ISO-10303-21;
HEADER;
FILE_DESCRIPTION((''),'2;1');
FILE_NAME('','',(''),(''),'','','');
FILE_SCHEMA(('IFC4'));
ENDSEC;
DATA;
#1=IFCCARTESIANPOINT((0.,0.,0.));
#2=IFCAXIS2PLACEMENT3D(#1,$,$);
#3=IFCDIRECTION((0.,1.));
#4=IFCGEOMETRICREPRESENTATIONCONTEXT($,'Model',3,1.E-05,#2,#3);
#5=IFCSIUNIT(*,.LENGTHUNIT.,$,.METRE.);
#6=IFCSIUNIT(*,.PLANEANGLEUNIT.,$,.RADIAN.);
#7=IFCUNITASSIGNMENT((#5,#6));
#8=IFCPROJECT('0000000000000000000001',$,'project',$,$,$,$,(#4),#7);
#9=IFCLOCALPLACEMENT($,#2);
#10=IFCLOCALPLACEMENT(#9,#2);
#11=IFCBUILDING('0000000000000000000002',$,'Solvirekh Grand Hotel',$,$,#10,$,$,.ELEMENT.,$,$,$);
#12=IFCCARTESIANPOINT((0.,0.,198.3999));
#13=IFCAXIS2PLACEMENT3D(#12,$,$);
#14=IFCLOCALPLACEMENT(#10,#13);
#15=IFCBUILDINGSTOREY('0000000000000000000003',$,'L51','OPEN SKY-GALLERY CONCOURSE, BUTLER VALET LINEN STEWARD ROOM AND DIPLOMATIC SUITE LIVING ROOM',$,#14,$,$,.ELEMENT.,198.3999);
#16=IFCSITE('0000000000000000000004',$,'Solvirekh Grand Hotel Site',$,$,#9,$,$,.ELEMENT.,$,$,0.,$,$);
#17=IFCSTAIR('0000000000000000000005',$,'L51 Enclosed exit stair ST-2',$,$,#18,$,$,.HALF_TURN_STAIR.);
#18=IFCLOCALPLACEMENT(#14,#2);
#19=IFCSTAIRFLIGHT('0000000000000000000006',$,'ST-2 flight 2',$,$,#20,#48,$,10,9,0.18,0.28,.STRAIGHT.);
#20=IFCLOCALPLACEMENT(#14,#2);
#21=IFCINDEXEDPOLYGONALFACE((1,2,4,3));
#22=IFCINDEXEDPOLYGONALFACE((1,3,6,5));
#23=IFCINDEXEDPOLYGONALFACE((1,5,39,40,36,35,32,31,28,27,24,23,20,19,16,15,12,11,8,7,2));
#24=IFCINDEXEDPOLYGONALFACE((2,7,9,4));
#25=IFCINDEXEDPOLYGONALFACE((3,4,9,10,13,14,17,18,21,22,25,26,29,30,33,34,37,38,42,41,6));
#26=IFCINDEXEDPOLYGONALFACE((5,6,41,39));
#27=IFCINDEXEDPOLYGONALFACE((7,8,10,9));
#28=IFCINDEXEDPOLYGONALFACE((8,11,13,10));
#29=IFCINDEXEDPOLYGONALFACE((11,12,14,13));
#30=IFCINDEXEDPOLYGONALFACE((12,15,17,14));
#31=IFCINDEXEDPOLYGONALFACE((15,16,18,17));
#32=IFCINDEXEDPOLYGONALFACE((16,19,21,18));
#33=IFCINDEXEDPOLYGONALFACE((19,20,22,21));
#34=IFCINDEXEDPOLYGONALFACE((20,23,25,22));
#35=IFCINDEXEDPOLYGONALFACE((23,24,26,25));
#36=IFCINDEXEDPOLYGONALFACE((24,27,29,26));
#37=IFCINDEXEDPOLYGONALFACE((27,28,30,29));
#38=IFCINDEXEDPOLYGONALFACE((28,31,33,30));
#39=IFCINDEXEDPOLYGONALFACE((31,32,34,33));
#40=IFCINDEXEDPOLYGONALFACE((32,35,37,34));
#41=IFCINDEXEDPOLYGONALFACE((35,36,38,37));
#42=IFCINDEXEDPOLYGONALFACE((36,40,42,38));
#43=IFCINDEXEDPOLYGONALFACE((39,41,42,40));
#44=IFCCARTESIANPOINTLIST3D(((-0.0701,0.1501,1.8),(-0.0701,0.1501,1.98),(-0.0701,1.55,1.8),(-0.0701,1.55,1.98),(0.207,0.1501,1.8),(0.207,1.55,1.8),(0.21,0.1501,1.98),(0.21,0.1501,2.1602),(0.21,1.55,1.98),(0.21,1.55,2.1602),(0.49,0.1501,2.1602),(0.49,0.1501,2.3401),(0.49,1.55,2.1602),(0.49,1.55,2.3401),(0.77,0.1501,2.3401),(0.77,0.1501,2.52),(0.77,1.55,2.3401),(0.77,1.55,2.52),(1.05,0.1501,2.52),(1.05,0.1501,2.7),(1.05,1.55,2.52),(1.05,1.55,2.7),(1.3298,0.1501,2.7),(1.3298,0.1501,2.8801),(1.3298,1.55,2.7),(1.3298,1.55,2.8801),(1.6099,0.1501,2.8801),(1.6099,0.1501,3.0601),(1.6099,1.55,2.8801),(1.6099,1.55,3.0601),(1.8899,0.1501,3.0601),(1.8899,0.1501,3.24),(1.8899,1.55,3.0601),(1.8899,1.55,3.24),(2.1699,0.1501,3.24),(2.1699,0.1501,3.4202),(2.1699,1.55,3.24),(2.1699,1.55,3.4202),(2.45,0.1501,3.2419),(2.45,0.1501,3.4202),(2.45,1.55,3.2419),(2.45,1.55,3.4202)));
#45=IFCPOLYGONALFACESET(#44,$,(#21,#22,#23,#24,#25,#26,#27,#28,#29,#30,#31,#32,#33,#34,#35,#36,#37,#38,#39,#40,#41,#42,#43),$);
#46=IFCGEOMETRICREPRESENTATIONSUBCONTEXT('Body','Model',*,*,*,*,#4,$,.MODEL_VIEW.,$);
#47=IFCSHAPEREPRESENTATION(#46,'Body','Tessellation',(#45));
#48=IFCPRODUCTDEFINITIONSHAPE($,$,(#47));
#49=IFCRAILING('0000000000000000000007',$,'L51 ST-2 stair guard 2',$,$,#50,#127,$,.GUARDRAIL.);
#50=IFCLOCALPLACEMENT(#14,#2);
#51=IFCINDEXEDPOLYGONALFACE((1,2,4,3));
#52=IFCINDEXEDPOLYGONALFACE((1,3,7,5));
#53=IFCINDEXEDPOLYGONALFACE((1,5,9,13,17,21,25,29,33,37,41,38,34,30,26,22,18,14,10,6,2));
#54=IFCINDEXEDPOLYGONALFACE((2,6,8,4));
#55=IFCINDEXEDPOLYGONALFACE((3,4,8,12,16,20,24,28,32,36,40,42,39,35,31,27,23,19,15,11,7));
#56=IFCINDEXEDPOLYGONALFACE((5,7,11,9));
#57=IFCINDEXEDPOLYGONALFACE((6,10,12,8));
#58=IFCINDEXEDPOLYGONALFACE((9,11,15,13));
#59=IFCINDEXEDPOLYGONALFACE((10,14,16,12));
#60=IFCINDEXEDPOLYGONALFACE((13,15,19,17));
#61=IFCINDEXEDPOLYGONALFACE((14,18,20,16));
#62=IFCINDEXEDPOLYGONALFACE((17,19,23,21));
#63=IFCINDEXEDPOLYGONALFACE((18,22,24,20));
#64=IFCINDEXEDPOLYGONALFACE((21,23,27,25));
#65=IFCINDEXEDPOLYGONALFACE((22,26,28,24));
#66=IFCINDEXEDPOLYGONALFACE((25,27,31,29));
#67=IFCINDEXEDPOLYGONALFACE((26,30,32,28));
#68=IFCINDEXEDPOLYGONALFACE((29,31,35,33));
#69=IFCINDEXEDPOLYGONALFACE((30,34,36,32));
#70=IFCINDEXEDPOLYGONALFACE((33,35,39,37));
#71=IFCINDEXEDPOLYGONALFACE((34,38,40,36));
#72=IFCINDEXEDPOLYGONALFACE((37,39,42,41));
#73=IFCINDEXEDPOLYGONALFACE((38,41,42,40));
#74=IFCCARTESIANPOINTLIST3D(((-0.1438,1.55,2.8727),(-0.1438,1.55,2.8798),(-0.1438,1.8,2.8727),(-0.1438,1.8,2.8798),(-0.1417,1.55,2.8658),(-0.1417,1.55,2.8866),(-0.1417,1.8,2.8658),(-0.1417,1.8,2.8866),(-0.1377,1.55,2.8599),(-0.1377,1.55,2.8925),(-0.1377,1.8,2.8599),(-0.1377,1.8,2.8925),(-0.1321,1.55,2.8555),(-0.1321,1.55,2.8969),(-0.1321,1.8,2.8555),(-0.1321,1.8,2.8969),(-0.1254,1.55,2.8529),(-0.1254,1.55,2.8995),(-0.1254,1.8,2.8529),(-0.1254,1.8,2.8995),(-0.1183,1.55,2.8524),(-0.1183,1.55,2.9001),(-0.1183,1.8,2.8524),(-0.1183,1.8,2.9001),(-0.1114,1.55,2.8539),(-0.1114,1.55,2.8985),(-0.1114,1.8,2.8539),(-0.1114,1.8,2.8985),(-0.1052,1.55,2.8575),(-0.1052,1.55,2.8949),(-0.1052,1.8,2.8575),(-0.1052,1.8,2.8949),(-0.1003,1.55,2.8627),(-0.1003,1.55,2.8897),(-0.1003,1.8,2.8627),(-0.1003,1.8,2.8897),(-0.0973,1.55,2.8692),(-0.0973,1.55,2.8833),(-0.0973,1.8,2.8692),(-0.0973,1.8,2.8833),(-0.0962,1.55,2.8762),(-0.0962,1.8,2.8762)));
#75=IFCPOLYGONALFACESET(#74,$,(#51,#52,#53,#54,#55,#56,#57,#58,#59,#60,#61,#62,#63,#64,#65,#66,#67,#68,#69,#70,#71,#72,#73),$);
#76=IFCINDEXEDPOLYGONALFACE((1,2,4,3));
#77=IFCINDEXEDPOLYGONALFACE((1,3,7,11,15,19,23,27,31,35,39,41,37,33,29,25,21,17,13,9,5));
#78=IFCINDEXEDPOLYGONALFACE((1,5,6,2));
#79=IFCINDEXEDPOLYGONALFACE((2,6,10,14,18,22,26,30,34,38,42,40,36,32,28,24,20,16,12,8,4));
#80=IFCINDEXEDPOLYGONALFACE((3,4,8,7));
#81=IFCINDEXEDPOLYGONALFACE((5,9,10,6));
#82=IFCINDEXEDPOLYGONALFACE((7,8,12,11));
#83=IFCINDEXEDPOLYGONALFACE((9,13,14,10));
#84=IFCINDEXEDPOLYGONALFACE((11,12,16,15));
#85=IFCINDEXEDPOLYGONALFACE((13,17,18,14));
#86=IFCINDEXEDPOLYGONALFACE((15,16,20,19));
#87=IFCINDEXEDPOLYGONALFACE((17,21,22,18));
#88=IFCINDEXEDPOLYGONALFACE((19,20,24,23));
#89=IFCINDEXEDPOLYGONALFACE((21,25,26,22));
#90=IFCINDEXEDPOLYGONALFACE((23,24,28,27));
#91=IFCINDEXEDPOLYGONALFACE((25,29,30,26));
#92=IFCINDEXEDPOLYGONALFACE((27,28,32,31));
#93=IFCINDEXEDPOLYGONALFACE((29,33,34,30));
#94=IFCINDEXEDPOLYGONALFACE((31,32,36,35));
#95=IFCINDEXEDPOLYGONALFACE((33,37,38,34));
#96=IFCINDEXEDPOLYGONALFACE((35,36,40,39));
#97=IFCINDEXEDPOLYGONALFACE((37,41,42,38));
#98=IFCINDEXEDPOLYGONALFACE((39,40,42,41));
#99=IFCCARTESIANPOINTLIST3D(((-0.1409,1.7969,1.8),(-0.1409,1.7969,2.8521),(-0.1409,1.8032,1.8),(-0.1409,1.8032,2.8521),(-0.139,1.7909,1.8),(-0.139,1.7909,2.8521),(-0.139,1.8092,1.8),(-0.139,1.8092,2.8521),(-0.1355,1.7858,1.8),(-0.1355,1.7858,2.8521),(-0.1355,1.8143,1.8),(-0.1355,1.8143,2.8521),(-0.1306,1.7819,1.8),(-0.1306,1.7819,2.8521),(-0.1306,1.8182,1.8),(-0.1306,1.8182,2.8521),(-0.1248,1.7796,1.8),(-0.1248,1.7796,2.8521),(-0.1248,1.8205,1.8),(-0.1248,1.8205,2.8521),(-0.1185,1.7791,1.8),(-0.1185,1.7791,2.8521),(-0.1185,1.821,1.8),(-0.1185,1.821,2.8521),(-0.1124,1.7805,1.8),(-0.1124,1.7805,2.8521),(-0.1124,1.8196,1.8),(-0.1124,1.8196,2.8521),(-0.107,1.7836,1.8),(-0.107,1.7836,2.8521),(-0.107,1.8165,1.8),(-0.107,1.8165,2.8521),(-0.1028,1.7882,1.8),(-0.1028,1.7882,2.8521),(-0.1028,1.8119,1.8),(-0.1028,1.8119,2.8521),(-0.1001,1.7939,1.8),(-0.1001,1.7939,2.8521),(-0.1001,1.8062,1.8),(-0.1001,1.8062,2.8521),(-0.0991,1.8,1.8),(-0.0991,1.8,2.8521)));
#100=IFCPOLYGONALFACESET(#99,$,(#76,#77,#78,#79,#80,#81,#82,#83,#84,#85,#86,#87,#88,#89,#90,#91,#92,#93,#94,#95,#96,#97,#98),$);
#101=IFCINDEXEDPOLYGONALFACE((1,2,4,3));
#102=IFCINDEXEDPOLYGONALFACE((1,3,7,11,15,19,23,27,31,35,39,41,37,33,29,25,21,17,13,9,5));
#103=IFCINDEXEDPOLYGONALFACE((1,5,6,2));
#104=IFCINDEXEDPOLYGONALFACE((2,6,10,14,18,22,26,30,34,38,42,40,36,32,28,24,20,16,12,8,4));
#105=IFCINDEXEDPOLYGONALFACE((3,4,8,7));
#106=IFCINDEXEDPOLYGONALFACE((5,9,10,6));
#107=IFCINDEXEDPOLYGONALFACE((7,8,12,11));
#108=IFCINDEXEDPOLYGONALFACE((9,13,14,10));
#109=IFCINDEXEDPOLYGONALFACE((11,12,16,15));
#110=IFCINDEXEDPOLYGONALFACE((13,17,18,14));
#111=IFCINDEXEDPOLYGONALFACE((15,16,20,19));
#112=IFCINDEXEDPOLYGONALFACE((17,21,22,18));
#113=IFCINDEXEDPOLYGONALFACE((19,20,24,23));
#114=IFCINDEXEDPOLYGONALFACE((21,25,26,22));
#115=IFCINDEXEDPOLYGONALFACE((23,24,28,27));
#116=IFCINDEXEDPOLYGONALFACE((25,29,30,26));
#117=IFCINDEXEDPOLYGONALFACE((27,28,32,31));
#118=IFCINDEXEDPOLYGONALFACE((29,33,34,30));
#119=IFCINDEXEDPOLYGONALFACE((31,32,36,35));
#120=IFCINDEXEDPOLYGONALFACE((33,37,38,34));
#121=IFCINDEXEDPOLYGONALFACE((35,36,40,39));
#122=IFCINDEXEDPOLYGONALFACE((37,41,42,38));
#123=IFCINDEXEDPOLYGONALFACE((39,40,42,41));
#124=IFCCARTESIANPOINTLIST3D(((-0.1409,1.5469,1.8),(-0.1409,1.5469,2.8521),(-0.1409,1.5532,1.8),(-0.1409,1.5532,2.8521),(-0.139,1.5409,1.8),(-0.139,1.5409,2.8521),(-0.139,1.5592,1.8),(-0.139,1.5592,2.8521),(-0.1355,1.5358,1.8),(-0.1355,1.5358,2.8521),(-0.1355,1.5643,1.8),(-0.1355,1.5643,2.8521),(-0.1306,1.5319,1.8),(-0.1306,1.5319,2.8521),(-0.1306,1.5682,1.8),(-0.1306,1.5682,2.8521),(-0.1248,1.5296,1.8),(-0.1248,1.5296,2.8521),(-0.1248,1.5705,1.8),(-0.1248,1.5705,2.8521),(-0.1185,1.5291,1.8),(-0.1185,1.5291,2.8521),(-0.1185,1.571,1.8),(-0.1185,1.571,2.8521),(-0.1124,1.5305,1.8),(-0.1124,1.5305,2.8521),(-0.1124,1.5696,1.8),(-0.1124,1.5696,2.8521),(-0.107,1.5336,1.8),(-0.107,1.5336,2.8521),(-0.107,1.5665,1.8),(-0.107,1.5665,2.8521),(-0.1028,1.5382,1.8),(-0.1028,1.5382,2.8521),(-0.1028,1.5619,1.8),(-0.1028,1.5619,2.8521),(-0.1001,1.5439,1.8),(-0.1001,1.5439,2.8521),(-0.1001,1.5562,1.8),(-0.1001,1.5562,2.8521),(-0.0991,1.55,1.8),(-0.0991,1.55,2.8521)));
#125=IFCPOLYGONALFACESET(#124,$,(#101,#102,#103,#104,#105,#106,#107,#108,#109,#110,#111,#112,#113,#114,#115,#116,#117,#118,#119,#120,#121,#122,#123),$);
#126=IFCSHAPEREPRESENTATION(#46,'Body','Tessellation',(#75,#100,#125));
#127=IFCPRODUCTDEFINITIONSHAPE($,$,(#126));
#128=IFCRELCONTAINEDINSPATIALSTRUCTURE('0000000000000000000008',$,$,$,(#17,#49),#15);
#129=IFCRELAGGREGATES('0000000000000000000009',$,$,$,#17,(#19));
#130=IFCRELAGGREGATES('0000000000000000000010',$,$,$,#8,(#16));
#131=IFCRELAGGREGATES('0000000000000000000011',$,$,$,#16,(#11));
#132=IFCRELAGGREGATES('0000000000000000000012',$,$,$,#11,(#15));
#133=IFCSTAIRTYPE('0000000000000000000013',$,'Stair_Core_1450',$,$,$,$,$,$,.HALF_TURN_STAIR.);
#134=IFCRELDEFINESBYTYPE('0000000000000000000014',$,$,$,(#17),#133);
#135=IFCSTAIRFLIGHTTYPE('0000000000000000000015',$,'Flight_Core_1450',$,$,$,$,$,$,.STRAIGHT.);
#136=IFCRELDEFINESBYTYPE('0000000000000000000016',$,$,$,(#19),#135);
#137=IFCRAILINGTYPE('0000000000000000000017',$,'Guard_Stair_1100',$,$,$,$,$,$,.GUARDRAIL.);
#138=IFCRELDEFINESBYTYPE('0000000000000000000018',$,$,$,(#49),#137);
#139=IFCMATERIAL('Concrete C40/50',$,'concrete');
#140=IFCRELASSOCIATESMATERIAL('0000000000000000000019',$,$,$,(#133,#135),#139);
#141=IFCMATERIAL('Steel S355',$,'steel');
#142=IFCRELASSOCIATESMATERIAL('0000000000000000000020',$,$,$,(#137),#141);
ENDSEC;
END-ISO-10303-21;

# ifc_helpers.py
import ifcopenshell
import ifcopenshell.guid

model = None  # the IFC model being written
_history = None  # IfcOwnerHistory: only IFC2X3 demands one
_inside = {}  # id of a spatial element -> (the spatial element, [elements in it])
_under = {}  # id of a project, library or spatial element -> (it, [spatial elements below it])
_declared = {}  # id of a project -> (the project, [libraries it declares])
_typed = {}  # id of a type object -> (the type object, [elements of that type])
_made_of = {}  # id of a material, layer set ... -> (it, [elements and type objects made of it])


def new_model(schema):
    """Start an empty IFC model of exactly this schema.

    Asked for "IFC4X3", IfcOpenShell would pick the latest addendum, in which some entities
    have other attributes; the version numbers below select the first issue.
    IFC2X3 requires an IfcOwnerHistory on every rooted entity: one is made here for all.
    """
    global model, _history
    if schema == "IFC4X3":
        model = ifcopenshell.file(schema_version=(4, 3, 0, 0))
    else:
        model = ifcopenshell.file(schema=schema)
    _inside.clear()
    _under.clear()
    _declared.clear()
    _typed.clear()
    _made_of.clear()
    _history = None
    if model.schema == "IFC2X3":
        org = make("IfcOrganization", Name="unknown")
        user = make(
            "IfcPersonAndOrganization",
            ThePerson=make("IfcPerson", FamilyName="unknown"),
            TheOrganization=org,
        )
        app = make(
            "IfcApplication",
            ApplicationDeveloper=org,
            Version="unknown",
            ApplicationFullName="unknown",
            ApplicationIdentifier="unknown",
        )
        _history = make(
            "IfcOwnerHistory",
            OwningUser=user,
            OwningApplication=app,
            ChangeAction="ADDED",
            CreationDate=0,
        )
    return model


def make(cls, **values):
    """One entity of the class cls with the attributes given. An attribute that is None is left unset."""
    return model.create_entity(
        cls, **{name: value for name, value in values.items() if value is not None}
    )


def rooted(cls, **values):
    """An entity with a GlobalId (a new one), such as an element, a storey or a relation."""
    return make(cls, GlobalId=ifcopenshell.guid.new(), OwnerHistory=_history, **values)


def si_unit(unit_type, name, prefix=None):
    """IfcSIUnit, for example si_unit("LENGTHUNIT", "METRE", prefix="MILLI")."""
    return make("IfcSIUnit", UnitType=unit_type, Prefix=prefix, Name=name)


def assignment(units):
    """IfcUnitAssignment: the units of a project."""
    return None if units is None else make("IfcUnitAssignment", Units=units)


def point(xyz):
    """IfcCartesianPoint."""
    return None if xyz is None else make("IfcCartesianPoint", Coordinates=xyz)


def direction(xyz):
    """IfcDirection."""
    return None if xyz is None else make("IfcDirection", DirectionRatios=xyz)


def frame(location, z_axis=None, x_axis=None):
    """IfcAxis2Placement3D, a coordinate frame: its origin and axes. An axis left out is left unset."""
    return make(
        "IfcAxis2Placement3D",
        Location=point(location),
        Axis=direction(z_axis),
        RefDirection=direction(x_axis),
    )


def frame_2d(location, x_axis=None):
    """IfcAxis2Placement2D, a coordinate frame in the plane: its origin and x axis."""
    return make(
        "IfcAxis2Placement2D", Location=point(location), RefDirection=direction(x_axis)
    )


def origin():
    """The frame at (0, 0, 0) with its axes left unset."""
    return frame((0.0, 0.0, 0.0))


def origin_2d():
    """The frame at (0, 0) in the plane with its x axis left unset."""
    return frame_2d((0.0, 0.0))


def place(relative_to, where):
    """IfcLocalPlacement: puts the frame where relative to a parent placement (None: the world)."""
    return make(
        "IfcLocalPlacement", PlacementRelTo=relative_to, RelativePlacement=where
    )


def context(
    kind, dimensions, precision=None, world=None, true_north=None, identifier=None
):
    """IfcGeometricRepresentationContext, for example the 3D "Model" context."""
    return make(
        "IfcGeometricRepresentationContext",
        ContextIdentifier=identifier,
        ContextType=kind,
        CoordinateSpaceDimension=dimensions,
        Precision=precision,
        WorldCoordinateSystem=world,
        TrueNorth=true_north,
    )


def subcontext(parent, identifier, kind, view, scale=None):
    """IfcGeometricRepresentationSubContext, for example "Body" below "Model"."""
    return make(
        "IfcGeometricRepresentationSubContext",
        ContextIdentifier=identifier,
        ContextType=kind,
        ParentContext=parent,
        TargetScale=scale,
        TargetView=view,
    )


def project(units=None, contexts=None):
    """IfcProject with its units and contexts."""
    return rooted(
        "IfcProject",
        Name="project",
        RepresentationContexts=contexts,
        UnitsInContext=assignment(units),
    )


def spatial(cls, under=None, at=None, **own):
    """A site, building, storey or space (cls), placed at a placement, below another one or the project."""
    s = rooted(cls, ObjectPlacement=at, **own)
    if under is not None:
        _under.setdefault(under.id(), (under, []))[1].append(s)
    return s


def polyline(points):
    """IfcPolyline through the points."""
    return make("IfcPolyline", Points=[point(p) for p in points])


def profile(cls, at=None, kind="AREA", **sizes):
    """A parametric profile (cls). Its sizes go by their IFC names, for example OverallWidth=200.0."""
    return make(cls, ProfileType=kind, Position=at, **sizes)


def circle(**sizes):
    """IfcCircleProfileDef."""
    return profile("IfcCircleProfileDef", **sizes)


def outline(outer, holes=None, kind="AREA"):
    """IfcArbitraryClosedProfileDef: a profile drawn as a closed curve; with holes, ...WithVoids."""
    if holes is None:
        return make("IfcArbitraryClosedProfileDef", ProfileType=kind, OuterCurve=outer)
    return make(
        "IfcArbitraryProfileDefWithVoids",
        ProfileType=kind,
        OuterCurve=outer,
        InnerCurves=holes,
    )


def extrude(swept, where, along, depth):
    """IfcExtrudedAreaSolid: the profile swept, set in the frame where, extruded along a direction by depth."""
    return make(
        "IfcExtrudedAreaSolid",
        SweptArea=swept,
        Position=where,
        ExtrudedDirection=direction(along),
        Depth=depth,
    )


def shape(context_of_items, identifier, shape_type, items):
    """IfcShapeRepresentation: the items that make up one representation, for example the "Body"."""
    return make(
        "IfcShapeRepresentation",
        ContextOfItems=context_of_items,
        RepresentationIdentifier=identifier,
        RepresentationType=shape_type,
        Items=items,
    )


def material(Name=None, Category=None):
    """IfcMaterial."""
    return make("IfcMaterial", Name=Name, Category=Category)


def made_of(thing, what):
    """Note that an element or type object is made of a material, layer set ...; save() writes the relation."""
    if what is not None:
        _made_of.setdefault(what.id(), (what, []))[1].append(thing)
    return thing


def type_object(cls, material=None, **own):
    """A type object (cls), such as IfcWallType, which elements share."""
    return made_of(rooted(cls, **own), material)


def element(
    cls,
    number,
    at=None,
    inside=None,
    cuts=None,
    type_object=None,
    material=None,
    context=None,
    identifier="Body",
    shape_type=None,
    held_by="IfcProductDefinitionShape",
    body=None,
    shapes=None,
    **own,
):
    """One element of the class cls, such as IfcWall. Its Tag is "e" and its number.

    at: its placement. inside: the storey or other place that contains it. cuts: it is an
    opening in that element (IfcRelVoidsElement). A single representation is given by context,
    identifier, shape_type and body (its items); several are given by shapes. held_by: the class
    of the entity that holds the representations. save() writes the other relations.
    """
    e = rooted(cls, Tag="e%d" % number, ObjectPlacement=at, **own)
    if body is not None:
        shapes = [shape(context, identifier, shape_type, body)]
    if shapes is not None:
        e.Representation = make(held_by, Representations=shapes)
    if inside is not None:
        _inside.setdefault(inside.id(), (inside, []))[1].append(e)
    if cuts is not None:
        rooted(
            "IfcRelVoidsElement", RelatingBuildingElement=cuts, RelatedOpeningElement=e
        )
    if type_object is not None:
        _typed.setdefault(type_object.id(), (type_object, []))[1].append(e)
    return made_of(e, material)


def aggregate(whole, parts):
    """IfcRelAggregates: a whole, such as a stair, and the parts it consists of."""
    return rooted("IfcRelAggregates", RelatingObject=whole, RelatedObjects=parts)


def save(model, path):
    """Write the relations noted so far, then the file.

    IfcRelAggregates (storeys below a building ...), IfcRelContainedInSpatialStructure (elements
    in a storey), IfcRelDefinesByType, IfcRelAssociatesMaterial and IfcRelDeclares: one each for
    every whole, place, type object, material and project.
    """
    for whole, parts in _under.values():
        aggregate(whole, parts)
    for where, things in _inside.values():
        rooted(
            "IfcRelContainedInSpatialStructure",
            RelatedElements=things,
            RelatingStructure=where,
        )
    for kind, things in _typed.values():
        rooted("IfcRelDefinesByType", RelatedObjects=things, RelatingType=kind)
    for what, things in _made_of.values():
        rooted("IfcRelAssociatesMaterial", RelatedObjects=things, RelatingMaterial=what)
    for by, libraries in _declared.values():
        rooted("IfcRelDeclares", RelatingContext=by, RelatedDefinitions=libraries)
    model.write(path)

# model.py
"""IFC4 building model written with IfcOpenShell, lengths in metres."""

from ifc_helpers import new_model, si_unit, direction, frame, origin, origin_2d, place, context, subcontext, project, spatial, polyline, circle, outline, extrude, material, type_object, element, aggregate, save


model = new_model("IFC4")

# Units and contexts
model_context = context("Model", 3, precision=1e-05, world=origin(), true_north=direction((0.0, 1.0)))
body_context = subcontext(model_context, "Body", "Model", "MODEL_VIEW")
ifc_project = project(units=[si_unit("LENGTHUNIT", "METRE"), si_unit("PLANEANGLEUNIT", "RADIAN")], contexts=[model_context])

# Site, building, storey
site_placement = place(None, origin())
site = spatial("IfcSite", under=ifc_project, at=site_placement, Name="Solvirekh Grand Hotel Site", CompositionType="ELEMENT", RefElevation=0.0)
building_placement = place(site_placement, origin())
building = spatial("IfcBuilding", under=site, at=building_placement, Name="Solvirekh Grand Hotel", CompositionType="ELEMENT")
storey_placement = place(building_placement, frame((0.0, 0.0, 198.3999)))
storey = spatial("IfcBuildingStorey", under=building, at=storey_placement, Name="L51", Description="OPEN SKY-GALLERY CONCOURSE, BUTLER VALET LINEN STEWARD ROOM AND DIPLOMATIC SUITE LIVING ROOM", CompositionType="ELEMENT", Elevation=198.3999)

# Shared definitions
ifc_material_1 = material(Name="Steel S355", Category="steel")

# Shared definitions
ifc_material_2 = material(Name="Concrete C40/50", Category="concrete")

# Stair, stair flight
stair_type = type_object("IfcStairType", Name="Stair_Core_1450", PredefinedType="HALF_TURN_STAIR", material=ifc_material_2)
stair_placement = place(storey_placement, origin())
stair = element("IfcStair", 1, at=stair_placement, inside=storey, type_object=stair_type, Name="L51 Enclosed exit stair ST-2", PredefinedType="HALF_TURN_STAIR")
stair_flight_type = type_object("IfcStairFlightType", Name="Flight_Core_1450", PredefinedType="STRAIGHT", material=ifc_material_2)
stair_flight_placement = place(storey_placement, frame((-0.0701, 0.8501, 1.8), z_axis=(0.0, 0.0, 1.0), x_axis=(1.0, 0.0, 0.0)))
stair_flight = element("IfcStairFlight", 2, at=stair_flight_placement, type_object=stair_flight_type, Name="ST-2 flight 2", NumberOfRisers=10, NumberOfTreads=9, PredefinedType="STRAIGHT", RiserHeight=0.18, TreadLength=0.28, context=body_context, shape_type="SweptSolid", body=[
    extrude(outline(polyline([(0.0, 0.0), (0.0, 0.1799), (0.28, 0.1799), (0.28, 0.3601), (0.5601, 0.3601), (0.5601, 0.54), (0.8401, 0.54), (0.8401, 0.72), (1.1201, 0.72), (1.1201, 0.8999), (1.3999, 0.8999), (1.3999, 1.0801), (1.6799, 1.0801), (1.6799, 1.26), (1.96, 1.26), (1.96, 1.4399), (2.24, 1.4399), (2.24, 1.6201), (2.52, 1.6201), (2.52, 1.8), (2.52, 1.4419), (0.2771, 0.0), (0.0, 0.0)])), frame((0.0, 0.7, 0.0), z_axis=(0.0, -1.0, 0.0), x_axis=(1.0, 0.0, 0.0)), (0.0, 0.0, 1.0), 1.3999),
])
aggregate(stair, [stair_flight])

# Railing
railing_type = type_object("IfcRailingType", Name="Guard_Stair_1100", PredefinedType="GUARDRAIL", material=ifc_material_1)
railing_1_placement = place(storey_placement, frame((-0.1201, 1.8, 1.8)))
element("IfcRailing", 3, at=railing_1_placement, inside=storey, type_object=railing_type, Name="L51 ST-2 stair guard 2", PredefinedType="GUARDRAIL", context=body_context, shape_type="SweptSolid", body=[
    extrude(circle(Radius=0.0239, at=origin_2d()), frame((0.0, 0.0, 1.0762), z_axis=(0.0, -1.0, 0.0), x_axis=(1.0, 0.0, 0.0)), (0.0, 0.0, 1.0), 0.25),
    extrude(circle(Radius=0.021, at=origin_2d()), origin(), (0.0, 0.0, 1.0), 1.052),
    extrude(circle(Radius=0.021, at=origin_2d()), frame((0.0, -0.25, 0.0)), (0.0, 0.0, 1.0), 1.052),
])

save(model, "model.ifc")
